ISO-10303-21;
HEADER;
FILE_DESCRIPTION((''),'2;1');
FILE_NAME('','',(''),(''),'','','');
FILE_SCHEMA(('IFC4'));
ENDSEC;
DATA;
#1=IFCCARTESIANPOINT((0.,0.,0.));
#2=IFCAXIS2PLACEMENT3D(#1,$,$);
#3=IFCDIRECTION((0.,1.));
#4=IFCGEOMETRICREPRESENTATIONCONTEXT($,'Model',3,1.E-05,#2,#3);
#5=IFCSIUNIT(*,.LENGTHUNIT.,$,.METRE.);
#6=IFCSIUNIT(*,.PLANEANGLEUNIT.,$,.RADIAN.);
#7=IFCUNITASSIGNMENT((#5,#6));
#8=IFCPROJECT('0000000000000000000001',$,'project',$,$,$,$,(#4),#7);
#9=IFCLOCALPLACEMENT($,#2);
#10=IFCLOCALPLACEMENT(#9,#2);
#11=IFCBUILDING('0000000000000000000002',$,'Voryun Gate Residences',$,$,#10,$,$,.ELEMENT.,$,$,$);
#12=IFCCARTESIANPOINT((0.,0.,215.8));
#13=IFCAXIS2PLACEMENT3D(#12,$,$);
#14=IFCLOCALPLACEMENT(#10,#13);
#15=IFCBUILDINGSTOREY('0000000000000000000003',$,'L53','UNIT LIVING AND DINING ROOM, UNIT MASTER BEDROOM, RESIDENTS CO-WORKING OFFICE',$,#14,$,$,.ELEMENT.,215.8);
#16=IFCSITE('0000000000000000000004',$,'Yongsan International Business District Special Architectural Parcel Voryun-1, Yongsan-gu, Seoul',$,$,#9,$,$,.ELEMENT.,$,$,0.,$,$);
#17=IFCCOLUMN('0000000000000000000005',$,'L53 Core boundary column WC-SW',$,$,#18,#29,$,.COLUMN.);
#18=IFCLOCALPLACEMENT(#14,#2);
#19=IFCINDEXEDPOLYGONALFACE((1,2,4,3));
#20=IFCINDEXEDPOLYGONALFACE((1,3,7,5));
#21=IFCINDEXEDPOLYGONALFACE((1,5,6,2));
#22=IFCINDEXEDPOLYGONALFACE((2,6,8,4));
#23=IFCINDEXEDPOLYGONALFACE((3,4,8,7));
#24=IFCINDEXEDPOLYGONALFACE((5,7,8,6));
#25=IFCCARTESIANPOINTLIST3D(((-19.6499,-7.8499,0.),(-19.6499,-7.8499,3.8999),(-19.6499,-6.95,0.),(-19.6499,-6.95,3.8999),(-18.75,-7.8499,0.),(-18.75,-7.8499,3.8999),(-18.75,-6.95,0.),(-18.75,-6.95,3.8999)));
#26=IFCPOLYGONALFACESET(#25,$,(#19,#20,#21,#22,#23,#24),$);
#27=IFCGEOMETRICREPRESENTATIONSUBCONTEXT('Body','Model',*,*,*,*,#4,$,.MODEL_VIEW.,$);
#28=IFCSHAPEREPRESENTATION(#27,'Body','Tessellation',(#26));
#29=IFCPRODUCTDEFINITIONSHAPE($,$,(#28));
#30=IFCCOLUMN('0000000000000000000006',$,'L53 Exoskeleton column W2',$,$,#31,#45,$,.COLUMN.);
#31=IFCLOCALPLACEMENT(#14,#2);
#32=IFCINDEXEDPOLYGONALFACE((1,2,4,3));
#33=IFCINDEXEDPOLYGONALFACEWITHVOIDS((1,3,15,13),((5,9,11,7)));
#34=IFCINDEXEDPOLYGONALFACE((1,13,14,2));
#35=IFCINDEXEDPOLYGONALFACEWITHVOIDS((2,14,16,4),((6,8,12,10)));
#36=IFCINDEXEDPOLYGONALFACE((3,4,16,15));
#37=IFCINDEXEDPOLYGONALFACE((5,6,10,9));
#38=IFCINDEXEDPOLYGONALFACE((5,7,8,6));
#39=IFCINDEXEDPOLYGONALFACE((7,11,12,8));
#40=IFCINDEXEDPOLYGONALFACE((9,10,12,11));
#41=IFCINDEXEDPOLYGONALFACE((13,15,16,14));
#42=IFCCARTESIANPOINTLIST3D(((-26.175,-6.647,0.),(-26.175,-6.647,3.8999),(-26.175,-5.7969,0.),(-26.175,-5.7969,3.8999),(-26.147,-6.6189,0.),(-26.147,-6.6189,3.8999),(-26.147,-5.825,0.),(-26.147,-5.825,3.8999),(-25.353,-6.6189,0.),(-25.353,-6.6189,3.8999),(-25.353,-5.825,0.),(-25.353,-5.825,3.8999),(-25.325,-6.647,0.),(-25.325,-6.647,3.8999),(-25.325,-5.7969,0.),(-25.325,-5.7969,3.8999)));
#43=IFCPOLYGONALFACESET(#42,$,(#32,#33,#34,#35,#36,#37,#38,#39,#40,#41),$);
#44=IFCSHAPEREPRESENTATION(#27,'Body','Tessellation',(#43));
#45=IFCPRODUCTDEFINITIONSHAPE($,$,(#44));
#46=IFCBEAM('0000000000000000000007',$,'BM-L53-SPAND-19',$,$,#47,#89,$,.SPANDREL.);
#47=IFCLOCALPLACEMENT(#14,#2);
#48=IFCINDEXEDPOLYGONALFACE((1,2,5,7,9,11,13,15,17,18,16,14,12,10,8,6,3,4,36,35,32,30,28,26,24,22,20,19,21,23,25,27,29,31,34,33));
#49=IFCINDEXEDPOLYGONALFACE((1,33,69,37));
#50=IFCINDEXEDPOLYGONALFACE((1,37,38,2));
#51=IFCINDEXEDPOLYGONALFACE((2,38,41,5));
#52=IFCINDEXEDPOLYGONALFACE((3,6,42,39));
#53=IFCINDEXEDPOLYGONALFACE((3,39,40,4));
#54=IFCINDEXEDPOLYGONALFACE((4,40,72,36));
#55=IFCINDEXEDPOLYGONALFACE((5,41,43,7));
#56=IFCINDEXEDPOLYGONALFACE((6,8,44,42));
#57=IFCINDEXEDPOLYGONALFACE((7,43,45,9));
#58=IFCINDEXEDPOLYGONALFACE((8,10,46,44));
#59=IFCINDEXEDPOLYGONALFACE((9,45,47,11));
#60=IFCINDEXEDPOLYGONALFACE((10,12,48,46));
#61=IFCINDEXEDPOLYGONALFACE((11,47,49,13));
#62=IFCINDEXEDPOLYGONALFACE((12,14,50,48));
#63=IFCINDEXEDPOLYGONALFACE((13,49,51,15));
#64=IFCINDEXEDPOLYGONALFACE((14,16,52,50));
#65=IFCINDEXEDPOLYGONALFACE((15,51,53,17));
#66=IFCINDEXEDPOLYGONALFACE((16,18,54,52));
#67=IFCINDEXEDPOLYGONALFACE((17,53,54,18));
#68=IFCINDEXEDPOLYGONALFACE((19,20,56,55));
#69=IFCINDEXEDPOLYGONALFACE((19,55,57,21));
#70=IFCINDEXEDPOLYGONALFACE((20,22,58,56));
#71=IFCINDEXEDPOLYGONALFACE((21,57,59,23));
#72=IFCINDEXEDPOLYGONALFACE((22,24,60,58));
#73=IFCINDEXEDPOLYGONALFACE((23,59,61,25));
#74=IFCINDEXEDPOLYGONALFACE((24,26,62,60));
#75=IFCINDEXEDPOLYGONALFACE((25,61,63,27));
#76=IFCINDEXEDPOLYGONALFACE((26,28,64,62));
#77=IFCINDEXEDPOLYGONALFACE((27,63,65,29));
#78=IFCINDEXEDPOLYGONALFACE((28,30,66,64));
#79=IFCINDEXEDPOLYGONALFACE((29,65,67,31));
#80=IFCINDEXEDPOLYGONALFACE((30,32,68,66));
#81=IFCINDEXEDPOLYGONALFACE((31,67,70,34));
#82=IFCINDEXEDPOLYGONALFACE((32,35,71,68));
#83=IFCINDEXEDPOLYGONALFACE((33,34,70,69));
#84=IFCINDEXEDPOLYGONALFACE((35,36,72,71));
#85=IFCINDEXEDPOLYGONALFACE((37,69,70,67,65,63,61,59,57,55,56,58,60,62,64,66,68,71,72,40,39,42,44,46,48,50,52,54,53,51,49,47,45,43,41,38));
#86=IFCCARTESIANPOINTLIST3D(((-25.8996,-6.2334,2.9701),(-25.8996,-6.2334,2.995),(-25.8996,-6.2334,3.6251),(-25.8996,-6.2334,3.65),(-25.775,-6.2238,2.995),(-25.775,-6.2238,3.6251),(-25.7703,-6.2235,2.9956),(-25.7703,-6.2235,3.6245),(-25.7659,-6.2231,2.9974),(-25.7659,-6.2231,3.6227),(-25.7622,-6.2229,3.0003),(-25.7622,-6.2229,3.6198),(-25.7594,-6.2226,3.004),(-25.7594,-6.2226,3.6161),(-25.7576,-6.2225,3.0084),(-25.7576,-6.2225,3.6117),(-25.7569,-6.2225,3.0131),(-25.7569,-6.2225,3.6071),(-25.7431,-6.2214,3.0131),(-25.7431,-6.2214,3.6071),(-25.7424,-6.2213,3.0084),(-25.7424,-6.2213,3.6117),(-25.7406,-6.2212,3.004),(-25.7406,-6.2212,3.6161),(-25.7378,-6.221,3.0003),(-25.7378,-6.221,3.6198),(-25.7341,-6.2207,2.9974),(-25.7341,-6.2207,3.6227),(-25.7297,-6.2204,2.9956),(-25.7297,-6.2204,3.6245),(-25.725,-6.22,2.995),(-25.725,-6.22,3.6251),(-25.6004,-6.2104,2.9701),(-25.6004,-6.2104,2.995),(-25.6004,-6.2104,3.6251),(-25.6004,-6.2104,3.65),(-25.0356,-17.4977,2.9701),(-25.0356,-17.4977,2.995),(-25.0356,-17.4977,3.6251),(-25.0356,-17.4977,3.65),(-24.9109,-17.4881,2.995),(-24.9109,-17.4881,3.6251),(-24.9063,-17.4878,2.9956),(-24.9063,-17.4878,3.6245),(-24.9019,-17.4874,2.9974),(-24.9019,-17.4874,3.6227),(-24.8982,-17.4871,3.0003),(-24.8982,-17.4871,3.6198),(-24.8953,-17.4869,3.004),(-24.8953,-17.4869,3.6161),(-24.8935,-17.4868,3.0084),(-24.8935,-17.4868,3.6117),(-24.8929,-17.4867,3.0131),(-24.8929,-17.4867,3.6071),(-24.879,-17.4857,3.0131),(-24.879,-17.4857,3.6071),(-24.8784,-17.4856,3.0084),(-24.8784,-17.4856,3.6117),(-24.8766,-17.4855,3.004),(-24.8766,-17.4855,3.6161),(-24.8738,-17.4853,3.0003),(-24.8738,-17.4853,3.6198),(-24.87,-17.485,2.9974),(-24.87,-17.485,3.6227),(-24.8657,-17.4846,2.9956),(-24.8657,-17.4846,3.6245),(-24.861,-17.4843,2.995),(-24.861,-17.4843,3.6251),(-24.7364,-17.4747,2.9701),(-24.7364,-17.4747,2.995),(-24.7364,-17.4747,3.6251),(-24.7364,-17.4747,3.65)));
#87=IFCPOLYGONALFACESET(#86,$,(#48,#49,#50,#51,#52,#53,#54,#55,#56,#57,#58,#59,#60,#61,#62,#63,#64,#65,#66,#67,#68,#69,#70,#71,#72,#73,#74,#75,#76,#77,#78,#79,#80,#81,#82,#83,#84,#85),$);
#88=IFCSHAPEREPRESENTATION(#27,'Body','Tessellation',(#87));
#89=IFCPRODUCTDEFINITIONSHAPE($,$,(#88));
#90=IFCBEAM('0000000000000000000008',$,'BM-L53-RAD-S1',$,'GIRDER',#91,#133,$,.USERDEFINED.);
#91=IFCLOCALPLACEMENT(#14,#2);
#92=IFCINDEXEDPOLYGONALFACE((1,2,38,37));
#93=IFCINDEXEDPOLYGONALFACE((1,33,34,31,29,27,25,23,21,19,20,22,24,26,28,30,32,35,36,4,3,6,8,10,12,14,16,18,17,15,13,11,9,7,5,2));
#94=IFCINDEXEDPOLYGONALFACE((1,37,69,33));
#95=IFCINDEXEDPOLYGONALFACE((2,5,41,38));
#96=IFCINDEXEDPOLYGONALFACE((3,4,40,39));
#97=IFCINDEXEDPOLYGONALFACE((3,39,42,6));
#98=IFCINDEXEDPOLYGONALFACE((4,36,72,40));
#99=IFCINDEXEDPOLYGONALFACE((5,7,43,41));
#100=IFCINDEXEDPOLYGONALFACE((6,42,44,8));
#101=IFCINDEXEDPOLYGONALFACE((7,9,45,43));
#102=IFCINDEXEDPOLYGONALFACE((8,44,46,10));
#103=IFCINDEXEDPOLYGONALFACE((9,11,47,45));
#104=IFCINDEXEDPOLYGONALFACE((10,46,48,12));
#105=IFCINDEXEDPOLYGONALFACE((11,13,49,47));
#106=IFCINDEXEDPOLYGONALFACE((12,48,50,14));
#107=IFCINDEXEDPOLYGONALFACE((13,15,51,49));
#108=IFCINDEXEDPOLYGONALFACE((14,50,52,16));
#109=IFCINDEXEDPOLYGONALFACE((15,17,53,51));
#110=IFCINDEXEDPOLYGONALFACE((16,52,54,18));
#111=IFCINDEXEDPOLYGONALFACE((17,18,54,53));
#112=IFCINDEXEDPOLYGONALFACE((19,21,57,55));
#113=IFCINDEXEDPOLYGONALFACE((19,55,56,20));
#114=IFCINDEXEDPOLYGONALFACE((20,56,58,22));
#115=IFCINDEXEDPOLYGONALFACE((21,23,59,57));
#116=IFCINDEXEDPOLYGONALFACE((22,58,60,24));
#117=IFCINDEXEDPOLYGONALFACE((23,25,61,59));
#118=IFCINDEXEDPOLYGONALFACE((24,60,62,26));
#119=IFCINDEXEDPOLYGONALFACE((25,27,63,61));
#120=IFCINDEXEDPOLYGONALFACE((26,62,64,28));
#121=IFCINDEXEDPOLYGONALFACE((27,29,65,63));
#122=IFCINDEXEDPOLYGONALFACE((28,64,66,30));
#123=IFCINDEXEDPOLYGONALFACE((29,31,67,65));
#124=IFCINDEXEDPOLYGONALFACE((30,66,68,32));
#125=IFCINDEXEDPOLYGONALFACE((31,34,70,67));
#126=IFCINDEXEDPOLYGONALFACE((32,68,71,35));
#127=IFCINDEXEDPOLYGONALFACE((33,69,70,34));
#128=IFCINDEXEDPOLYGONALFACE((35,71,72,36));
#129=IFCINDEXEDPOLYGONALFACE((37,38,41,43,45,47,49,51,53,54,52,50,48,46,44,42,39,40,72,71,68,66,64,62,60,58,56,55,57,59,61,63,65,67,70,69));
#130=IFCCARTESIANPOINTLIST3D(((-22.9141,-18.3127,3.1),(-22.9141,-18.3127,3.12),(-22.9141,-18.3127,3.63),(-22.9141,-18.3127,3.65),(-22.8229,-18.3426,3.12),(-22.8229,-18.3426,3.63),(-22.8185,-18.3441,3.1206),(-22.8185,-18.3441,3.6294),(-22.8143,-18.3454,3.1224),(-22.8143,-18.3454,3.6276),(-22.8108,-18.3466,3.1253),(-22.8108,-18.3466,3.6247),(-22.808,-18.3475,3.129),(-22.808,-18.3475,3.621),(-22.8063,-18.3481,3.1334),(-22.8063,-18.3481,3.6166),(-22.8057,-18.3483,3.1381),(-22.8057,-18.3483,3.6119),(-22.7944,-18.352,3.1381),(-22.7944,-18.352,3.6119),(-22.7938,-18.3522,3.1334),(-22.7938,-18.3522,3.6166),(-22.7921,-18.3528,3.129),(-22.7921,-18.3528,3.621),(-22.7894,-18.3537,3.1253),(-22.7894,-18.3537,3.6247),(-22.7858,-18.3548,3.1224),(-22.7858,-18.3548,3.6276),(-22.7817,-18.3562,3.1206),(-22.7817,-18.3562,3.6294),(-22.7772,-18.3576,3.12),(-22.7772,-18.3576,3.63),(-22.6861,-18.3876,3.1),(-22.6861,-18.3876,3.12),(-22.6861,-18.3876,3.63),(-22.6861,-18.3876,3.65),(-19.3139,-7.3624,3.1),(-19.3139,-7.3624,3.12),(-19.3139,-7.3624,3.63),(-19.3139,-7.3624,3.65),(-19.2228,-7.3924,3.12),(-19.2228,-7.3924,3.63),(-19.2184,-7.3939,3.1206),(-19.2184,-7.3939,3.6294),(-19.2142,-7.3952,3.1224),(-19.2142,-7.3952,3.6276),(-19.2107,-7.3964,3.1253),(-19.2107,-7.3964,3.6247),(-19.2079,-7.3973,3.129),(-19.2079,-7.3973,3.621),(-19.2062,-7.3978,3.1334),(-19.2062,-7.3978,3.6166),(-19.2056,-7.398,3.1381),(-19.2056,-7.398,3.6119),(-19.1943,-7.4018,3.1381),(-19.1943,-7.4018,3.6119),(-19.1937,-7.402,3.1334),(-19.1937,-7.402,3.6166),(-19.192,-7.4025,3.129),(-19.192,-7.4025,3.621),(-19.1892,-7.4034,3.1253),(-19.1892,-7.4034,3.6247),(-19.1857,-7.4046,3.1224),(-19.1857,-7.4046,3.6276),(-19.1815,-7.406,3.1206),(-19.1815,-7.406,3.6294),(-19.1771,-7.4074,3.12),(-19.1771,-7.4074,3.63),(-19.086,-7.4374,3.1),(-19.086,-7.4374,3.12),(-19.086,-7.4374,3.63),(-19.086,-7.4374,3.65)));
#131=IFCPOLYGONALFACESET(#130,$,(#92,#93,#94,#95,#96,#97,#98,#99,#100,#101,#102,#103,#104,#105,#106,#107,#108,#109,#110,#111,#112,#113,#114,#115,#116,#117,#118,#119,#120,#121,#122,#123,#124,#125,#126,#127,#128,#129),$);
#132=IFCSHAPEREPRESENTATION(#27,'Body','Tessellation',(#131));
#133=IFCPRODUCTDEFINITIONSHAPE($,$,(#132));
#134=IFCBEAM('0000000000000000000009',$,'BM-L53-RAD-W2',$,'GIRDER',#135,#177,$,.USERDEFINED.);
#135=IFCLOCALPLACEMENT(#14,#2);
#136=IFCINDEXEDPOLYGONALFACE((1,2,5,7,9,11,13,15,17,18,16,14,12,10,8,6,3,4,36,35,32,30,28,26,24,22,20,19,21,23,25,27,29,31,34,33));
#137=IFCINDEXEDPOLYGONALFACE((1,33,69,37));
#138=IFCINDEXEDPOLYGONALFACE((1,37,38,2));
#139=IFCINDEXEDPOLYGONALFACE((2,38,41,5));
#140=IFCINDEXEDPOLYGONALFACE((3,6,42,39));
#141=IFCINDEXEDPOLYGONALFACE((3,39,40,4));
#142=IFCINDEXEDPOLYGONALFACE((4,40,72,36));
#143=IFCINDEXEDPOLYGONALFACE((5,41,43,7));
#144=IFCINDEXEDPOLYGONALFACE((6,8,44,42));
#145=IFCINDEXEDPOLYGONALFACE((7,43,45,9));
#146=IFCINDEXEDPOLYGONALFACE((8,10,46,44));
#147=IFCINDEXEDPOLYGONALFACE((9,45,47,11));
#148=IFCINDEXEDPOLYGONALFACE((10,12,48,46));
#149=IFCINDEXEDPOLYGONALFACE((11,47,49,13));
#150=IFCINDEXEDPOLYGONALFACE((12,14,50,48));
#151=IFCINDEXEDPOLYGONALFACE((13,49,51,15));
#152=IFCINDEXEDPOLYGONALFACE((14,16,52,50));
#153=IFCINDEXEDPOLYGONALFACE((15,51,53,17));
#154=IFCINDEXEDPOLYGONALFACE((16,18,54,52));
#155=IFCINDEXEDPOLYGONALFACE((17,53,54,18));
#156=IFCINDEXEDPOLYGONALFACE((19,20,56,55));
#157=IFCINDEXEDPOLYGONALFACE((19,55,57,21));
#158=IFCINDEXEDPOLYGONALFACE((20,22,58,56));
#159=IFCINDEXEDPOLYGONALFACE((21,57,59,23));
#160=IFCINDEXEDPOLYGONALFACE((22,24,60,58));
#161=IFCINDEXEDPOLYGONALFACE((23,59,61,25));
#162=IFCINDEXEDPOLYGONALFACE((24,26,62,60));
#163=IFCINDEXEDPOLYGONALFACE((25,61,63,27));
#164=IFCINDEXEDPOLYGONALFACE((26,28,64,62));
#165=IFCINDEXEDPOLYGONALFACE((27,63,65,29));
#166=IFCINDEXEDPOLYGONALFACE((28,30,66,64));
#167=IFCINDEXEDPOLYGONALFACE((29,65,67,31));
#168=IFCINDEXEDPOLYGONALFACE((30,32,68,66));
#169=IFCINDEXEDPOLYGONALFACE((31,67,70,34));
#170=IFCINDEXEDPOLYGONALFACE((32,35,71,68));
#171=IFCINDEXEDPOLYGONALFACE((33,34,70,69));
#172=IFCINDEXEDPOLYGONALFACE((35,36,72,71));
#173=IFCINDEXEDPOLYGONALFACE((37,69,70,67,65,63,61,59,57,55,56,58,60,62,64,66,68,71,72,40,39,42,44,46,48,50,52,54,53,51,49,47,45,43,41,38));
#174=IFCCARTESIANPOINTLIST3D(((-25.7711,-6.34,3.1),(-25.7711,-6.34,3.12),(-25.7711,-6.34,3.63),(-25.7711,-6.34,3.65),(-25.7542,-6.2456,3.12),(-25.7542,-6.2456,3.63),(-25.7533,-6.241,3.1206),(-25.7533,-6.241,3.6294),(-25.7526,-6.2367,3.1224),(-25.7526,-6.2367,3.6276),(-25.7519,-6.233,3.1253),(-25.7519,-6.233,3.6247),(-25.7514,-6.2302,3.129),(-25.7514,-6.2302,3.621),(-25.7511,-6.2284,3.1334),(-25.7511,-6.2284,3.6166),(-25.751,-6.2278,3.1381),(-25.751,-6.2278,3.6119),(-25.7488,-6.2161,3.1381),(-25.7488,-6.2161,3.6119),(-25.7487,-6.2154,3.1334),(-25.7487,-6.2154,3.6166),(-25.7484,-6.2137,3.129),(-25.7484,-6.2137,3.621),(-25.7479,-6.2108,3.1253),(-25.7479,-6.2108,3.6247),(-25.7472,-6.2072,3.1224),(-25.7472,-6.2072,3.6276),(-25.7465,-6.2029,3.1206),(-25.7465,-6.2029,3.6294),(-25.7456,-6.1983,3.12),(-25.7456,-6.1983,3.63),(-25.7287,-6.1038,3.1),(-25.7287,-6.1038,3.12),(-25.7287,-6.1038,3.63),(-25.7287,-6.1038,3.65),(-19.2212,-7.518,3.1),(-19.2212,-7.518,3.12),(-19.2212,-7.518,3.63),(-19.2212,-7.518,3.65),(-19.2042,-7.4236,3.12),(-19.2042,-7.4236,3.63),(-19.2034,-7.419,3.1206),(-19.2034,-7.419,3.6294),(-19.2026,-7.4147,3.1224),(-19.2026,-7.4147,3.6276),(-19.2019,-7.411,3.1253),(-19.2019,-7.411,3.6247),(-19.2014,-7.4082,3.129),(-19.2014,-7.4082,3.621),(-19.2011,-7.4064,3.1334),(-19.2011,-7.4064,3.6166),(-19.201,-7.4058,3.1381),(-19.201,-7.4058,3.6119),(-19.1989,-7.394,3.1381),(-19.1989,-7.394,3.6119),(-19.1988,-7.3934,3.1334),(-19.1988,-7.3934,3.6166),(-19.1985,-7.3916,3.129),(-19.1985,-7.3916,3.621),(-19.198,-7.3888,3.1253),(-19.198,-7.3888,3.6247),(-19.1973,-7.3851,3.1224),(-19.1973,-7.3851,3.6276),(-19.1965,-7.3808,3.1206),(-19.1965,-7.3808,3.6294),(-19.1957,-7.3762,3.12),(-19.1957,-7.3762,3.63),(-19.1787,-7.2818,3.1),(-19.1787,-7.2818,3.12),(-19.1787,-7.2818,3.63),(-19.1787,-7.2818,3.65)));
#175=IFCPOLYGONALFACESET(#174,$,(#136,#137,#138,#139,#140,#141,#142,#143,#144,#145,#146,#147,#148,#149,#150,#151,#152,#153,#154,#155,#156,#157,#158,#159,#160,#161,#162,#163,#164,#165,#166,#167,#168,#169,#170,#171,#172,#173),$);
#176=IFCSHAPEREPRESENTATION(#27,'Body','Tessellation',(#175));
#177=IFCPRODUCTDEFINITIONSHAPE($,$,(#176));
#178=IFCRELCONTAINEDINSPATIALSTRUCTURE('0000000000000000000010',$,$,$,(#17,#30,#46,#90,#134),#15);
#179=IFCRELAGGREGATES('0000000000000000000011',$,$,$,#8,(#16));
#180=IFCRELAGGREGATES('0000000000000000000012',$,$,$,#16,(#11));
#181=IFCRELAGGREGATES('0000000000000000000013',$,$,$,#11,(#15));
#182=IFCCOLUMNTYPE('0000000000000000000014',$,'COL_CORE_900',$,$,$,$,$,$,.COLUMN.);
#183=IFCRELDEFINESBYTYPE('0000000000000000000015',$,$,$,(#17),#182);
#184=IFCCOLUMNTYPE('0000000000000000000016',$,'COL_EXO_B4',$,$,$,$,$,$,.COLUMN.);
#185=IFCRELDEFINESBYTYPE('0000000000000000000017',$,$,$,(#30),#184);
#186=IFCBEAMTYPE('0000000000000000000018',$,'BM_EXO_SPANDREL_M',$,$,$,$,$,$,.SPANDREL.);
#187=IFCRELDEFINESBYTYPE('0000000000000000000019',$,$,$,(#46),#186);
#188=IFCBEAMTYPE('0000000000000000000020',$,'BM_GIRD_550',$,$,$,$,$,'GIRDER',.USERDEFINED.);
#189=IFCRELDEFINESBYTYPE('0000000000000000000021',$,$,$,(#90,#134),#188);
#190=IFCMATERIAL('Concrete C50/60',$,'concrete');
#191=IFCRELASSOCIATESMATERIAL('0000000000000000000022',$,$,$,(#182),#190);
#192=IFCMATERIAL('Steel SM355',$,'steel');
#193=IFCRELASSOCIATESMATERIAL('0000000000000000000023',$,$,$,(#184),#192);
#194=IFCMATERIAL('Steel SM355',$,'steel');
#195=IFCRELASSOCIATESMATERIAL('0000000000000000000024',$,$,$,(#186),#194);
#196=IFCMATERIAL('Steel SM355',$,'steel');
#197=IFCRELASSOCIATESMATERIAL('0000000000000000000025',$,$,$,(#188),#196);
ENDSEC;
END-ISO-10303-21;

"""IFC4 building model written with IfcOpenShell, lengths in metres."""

from ifc_helpers import new_model, si_unit, direction, frame, origin, origin_2d, place, context, subcontext, project, spatial, rectangle, hollow_rectangle, i_section, extrude, material, material_profile, profile_set, type_object, element, save


model = new_model("IFC4")

# Units and contexts
model_context = context("Model", 3, precision=1e-05, world=origin(), true_north=direction((0.0, 1.0)))
body_context = subcontext(model_context, "Body", "Model", "MODEL_VIEW")
ifc_project = project(units=[si_unit("LENGTHUNIT", "METRE"), si_unit("PLANEANGLEUNIT", "RADIAN")], contexts=[model_context])

# Site, building, storey
site_placement = place(None, origin())
site = spatial("IfcSite", under=ifc_project, at=site_placement, Name="Yongsan International Business District Special Architectural Parcel Voryun-1, Yongsan-gu, Seoul", CompositionType="ELEMENT", RefElevation=0.0)
building_placement = place(site_placement, origin())
building = spatial("IfcBuilding", under=site, at=building_placement, Name="Voryun Gate Residences", CompositionType="ELEMENT")
storey_placement = place(building_placement, frame((0.0, 0.0, 215.8)))
storey = spatial("IfcBuildingStorey", under=building, at=storey_placement, Name="L53", Description="UNIT LIVING AND DINING ROOM, UNIT MASTER BEDROOM, RESIDENTS CO-WORKING OFFICE", CompositionType="ELEMENT", Elevation=215.8)

# Columns
ifc_material_1 = material(Name="Concrete C50/60", Category="concrete")
ifc_material_profile_1 = material_profile(ifc_material_1, rectangle(XDim=0.8999, YDim=0.8999, at=origin_2d()), Name="RC-900x900")
ifc_profile_set_1 = profile_set([ifc_material_profile_1], Name="Concrete C50/60")
column_type_1 = type_object("IfcColumnType", Name="COL_CORE_900", PredefinedType="COLUMN", material=ifc_profile_set_1)
column_1_placement = place(storey_placement, frame((-19.2, -7.3999, 0.0), z_axis=(0.0, 0.0, 1.0), x_axis=(1.0, 0.0, 0.0)))
element("IfcColumn", 1, at=column_1_placement, inside=storey, type_object=column_type_1, Name="L53 Core boundary column WC-SW", PredefinedType="COLUMN", context=body_context, shape_type="SweptSolid", body=[
    extrude(rectangle(XDim=0.8999, YDim=0.8999, at=origin_2d()), origin(), (0.0, 0.0, 1.0), 3.8999),
])
ifc_material_2 = material(Name="Steel SM355", Category="steel")
ifc_material_profile_2 = material_profile(ifc_material_2, hollow_rectangle(XDim=0.8501, YDim=0.8501, WallThickness=0.0281, at=origin_2d()), Name="BOX-850x850x28")
ifc_profile_set_2 = profile_set([ifc_material_profile_2], Name="Steel SM355")
column_type_2 = type_object("IfcColumnType", Name="COL_EXO_B4", PredefinedType="COLUMN", material=ifc_profile_set_2)
column_2_placement = place(storey_placement, frame((-25.75, -6.2219, 0.0), z_axis=(0.0, 0.0, 1.0), x_axis=(1.0, 0.0, 0.0)))
element("IfcColumn", 2, at=column_2_placement, inside=storey, type_object=column_type_2, Name="L53 Exoskeleton column W2", PredefinedType="COLUMN", context=body_context, shape_type="SweptSolid", body=[
    extrude(hollow_rectangle(XDim=0.8501, YDim=0.8501, WallThickness=0.0281, at=origin_2d()), origin(), (0.0, 0.0, 1.0), 3.8999),
])

# Beams
ifc_material_3 = material(Name="Steel SM355", Category="steel")
ifc_material_profile_3 = material_profile(ifc_material_3, i_section(OverallWidth=0.3, OverallDepth=0.6799, WebThickness=0.0139, FlangeThickness=0.0249, FilletRadius=0.0181, at=origin_2d()), Name="H-680x300x14x25")
ifc_profile_set_3 = profile_set([ifc_material_profile_3], Name="Steel SM355")
beam_type_1 = type_object("IfcBeamType", Name="BM_EXO_SPANDREL_M", PredefinedType="SPANDREL", material=ifc_profile_set_3)
beam_1_placement = place(storey_placement, frame((-25.75, -6.2219, 3.3101), z_axis=(0.07648, -0.997071, 0.0), x_axis=(0.997071, 0.07648, 0.0)))
element("IfcBeam", 3, at=beam_1_placement, inside=storey, type_object=beam_type_1, Name="BM-L53-SPAND-19", PredefinedType="SPANDREL", context=body_context, shape_type="SweptSolid", body=[
    extrude(i_section(OverallWidth=0.3, OverallDepth=0.6799, WebThickness=0.0139, FlangeThickness=0.0249, FilletRadius=0.0181, at=origin_2d()), origin(), (0.0, 0.0, 1.0), 11.2974),
])
ifc_material_4 = material(Name="Steel SM355", Category="steel")
ifc_material_profile_4 = material_profile(ifc_material_4, i_section(OverallWidth=0.24, OverallDepth=0.55, WebThickness=0.012, FlangeThickness=0.02, FilletRadius=0.0181, at=origin_2d()), Name="H-550x240x12x20")
ifc_profile_set_4 = profile_set([ifc_material_profile_4], Name="Steel SM355")
beam_type_2 = type_object("IfcBeamType", Name="BM_GIRD_550", ElementType="GIRDER", PredefinedType="USERDEFINED", material=ifc_profile_set_4)
beam_2_placement = place(storey_placement, frame((-19.2, -7.3999, 3.375), z_axis=(-0.312324, -0.949976, 0.0), x_axis=(0.949976, -0.312324, 0.0)))
element("IfcBeam", 4, at=beam_2_placement, inside=storey, type_object=beam_type_2, Name="BM-L53-RAD-S1", ObjectType="GIRDER", PredefinedType="USERDEFINED", context=body_context, shape_type="SweptSolid", body=[
    extrude(i_section(OverallWidth=0.24, OverallDepth=0.55, WebThickness=0.012, FlangeThickness=0.02, FilletRadius=0.0181, at=origin_2d()), origin(), (0.0, 0.0, 1.0), 11.5269),
])
beam_3_placement = place(storey_placement, frame((-19.2, -7.3999, 3.375), z_axis=(-0.98421, 0.177003, 0.0), x_axis=(-0.177003, -0.98421, 0.0)))
element("IfcBeam", 5, at=beam_3_placement, inside=storey, type_object=beam_type_2, Name="BM-L53-RAD-W2", ObjectType="GIRDER", PredefinedType="USERDEFINED", context=body_context, shape_type="SweptSolid", body=[
    extrude(i_section(OverallWidth=0.24, OverallDepth=0.55, WebThickness=0.012, FlangeThickness=0.02, FilletRadius=0.0181, at=origin_2d()), origin(), (0.0, 0.0, 1.0), 6.655),
])

save(model, "model.ifc")
